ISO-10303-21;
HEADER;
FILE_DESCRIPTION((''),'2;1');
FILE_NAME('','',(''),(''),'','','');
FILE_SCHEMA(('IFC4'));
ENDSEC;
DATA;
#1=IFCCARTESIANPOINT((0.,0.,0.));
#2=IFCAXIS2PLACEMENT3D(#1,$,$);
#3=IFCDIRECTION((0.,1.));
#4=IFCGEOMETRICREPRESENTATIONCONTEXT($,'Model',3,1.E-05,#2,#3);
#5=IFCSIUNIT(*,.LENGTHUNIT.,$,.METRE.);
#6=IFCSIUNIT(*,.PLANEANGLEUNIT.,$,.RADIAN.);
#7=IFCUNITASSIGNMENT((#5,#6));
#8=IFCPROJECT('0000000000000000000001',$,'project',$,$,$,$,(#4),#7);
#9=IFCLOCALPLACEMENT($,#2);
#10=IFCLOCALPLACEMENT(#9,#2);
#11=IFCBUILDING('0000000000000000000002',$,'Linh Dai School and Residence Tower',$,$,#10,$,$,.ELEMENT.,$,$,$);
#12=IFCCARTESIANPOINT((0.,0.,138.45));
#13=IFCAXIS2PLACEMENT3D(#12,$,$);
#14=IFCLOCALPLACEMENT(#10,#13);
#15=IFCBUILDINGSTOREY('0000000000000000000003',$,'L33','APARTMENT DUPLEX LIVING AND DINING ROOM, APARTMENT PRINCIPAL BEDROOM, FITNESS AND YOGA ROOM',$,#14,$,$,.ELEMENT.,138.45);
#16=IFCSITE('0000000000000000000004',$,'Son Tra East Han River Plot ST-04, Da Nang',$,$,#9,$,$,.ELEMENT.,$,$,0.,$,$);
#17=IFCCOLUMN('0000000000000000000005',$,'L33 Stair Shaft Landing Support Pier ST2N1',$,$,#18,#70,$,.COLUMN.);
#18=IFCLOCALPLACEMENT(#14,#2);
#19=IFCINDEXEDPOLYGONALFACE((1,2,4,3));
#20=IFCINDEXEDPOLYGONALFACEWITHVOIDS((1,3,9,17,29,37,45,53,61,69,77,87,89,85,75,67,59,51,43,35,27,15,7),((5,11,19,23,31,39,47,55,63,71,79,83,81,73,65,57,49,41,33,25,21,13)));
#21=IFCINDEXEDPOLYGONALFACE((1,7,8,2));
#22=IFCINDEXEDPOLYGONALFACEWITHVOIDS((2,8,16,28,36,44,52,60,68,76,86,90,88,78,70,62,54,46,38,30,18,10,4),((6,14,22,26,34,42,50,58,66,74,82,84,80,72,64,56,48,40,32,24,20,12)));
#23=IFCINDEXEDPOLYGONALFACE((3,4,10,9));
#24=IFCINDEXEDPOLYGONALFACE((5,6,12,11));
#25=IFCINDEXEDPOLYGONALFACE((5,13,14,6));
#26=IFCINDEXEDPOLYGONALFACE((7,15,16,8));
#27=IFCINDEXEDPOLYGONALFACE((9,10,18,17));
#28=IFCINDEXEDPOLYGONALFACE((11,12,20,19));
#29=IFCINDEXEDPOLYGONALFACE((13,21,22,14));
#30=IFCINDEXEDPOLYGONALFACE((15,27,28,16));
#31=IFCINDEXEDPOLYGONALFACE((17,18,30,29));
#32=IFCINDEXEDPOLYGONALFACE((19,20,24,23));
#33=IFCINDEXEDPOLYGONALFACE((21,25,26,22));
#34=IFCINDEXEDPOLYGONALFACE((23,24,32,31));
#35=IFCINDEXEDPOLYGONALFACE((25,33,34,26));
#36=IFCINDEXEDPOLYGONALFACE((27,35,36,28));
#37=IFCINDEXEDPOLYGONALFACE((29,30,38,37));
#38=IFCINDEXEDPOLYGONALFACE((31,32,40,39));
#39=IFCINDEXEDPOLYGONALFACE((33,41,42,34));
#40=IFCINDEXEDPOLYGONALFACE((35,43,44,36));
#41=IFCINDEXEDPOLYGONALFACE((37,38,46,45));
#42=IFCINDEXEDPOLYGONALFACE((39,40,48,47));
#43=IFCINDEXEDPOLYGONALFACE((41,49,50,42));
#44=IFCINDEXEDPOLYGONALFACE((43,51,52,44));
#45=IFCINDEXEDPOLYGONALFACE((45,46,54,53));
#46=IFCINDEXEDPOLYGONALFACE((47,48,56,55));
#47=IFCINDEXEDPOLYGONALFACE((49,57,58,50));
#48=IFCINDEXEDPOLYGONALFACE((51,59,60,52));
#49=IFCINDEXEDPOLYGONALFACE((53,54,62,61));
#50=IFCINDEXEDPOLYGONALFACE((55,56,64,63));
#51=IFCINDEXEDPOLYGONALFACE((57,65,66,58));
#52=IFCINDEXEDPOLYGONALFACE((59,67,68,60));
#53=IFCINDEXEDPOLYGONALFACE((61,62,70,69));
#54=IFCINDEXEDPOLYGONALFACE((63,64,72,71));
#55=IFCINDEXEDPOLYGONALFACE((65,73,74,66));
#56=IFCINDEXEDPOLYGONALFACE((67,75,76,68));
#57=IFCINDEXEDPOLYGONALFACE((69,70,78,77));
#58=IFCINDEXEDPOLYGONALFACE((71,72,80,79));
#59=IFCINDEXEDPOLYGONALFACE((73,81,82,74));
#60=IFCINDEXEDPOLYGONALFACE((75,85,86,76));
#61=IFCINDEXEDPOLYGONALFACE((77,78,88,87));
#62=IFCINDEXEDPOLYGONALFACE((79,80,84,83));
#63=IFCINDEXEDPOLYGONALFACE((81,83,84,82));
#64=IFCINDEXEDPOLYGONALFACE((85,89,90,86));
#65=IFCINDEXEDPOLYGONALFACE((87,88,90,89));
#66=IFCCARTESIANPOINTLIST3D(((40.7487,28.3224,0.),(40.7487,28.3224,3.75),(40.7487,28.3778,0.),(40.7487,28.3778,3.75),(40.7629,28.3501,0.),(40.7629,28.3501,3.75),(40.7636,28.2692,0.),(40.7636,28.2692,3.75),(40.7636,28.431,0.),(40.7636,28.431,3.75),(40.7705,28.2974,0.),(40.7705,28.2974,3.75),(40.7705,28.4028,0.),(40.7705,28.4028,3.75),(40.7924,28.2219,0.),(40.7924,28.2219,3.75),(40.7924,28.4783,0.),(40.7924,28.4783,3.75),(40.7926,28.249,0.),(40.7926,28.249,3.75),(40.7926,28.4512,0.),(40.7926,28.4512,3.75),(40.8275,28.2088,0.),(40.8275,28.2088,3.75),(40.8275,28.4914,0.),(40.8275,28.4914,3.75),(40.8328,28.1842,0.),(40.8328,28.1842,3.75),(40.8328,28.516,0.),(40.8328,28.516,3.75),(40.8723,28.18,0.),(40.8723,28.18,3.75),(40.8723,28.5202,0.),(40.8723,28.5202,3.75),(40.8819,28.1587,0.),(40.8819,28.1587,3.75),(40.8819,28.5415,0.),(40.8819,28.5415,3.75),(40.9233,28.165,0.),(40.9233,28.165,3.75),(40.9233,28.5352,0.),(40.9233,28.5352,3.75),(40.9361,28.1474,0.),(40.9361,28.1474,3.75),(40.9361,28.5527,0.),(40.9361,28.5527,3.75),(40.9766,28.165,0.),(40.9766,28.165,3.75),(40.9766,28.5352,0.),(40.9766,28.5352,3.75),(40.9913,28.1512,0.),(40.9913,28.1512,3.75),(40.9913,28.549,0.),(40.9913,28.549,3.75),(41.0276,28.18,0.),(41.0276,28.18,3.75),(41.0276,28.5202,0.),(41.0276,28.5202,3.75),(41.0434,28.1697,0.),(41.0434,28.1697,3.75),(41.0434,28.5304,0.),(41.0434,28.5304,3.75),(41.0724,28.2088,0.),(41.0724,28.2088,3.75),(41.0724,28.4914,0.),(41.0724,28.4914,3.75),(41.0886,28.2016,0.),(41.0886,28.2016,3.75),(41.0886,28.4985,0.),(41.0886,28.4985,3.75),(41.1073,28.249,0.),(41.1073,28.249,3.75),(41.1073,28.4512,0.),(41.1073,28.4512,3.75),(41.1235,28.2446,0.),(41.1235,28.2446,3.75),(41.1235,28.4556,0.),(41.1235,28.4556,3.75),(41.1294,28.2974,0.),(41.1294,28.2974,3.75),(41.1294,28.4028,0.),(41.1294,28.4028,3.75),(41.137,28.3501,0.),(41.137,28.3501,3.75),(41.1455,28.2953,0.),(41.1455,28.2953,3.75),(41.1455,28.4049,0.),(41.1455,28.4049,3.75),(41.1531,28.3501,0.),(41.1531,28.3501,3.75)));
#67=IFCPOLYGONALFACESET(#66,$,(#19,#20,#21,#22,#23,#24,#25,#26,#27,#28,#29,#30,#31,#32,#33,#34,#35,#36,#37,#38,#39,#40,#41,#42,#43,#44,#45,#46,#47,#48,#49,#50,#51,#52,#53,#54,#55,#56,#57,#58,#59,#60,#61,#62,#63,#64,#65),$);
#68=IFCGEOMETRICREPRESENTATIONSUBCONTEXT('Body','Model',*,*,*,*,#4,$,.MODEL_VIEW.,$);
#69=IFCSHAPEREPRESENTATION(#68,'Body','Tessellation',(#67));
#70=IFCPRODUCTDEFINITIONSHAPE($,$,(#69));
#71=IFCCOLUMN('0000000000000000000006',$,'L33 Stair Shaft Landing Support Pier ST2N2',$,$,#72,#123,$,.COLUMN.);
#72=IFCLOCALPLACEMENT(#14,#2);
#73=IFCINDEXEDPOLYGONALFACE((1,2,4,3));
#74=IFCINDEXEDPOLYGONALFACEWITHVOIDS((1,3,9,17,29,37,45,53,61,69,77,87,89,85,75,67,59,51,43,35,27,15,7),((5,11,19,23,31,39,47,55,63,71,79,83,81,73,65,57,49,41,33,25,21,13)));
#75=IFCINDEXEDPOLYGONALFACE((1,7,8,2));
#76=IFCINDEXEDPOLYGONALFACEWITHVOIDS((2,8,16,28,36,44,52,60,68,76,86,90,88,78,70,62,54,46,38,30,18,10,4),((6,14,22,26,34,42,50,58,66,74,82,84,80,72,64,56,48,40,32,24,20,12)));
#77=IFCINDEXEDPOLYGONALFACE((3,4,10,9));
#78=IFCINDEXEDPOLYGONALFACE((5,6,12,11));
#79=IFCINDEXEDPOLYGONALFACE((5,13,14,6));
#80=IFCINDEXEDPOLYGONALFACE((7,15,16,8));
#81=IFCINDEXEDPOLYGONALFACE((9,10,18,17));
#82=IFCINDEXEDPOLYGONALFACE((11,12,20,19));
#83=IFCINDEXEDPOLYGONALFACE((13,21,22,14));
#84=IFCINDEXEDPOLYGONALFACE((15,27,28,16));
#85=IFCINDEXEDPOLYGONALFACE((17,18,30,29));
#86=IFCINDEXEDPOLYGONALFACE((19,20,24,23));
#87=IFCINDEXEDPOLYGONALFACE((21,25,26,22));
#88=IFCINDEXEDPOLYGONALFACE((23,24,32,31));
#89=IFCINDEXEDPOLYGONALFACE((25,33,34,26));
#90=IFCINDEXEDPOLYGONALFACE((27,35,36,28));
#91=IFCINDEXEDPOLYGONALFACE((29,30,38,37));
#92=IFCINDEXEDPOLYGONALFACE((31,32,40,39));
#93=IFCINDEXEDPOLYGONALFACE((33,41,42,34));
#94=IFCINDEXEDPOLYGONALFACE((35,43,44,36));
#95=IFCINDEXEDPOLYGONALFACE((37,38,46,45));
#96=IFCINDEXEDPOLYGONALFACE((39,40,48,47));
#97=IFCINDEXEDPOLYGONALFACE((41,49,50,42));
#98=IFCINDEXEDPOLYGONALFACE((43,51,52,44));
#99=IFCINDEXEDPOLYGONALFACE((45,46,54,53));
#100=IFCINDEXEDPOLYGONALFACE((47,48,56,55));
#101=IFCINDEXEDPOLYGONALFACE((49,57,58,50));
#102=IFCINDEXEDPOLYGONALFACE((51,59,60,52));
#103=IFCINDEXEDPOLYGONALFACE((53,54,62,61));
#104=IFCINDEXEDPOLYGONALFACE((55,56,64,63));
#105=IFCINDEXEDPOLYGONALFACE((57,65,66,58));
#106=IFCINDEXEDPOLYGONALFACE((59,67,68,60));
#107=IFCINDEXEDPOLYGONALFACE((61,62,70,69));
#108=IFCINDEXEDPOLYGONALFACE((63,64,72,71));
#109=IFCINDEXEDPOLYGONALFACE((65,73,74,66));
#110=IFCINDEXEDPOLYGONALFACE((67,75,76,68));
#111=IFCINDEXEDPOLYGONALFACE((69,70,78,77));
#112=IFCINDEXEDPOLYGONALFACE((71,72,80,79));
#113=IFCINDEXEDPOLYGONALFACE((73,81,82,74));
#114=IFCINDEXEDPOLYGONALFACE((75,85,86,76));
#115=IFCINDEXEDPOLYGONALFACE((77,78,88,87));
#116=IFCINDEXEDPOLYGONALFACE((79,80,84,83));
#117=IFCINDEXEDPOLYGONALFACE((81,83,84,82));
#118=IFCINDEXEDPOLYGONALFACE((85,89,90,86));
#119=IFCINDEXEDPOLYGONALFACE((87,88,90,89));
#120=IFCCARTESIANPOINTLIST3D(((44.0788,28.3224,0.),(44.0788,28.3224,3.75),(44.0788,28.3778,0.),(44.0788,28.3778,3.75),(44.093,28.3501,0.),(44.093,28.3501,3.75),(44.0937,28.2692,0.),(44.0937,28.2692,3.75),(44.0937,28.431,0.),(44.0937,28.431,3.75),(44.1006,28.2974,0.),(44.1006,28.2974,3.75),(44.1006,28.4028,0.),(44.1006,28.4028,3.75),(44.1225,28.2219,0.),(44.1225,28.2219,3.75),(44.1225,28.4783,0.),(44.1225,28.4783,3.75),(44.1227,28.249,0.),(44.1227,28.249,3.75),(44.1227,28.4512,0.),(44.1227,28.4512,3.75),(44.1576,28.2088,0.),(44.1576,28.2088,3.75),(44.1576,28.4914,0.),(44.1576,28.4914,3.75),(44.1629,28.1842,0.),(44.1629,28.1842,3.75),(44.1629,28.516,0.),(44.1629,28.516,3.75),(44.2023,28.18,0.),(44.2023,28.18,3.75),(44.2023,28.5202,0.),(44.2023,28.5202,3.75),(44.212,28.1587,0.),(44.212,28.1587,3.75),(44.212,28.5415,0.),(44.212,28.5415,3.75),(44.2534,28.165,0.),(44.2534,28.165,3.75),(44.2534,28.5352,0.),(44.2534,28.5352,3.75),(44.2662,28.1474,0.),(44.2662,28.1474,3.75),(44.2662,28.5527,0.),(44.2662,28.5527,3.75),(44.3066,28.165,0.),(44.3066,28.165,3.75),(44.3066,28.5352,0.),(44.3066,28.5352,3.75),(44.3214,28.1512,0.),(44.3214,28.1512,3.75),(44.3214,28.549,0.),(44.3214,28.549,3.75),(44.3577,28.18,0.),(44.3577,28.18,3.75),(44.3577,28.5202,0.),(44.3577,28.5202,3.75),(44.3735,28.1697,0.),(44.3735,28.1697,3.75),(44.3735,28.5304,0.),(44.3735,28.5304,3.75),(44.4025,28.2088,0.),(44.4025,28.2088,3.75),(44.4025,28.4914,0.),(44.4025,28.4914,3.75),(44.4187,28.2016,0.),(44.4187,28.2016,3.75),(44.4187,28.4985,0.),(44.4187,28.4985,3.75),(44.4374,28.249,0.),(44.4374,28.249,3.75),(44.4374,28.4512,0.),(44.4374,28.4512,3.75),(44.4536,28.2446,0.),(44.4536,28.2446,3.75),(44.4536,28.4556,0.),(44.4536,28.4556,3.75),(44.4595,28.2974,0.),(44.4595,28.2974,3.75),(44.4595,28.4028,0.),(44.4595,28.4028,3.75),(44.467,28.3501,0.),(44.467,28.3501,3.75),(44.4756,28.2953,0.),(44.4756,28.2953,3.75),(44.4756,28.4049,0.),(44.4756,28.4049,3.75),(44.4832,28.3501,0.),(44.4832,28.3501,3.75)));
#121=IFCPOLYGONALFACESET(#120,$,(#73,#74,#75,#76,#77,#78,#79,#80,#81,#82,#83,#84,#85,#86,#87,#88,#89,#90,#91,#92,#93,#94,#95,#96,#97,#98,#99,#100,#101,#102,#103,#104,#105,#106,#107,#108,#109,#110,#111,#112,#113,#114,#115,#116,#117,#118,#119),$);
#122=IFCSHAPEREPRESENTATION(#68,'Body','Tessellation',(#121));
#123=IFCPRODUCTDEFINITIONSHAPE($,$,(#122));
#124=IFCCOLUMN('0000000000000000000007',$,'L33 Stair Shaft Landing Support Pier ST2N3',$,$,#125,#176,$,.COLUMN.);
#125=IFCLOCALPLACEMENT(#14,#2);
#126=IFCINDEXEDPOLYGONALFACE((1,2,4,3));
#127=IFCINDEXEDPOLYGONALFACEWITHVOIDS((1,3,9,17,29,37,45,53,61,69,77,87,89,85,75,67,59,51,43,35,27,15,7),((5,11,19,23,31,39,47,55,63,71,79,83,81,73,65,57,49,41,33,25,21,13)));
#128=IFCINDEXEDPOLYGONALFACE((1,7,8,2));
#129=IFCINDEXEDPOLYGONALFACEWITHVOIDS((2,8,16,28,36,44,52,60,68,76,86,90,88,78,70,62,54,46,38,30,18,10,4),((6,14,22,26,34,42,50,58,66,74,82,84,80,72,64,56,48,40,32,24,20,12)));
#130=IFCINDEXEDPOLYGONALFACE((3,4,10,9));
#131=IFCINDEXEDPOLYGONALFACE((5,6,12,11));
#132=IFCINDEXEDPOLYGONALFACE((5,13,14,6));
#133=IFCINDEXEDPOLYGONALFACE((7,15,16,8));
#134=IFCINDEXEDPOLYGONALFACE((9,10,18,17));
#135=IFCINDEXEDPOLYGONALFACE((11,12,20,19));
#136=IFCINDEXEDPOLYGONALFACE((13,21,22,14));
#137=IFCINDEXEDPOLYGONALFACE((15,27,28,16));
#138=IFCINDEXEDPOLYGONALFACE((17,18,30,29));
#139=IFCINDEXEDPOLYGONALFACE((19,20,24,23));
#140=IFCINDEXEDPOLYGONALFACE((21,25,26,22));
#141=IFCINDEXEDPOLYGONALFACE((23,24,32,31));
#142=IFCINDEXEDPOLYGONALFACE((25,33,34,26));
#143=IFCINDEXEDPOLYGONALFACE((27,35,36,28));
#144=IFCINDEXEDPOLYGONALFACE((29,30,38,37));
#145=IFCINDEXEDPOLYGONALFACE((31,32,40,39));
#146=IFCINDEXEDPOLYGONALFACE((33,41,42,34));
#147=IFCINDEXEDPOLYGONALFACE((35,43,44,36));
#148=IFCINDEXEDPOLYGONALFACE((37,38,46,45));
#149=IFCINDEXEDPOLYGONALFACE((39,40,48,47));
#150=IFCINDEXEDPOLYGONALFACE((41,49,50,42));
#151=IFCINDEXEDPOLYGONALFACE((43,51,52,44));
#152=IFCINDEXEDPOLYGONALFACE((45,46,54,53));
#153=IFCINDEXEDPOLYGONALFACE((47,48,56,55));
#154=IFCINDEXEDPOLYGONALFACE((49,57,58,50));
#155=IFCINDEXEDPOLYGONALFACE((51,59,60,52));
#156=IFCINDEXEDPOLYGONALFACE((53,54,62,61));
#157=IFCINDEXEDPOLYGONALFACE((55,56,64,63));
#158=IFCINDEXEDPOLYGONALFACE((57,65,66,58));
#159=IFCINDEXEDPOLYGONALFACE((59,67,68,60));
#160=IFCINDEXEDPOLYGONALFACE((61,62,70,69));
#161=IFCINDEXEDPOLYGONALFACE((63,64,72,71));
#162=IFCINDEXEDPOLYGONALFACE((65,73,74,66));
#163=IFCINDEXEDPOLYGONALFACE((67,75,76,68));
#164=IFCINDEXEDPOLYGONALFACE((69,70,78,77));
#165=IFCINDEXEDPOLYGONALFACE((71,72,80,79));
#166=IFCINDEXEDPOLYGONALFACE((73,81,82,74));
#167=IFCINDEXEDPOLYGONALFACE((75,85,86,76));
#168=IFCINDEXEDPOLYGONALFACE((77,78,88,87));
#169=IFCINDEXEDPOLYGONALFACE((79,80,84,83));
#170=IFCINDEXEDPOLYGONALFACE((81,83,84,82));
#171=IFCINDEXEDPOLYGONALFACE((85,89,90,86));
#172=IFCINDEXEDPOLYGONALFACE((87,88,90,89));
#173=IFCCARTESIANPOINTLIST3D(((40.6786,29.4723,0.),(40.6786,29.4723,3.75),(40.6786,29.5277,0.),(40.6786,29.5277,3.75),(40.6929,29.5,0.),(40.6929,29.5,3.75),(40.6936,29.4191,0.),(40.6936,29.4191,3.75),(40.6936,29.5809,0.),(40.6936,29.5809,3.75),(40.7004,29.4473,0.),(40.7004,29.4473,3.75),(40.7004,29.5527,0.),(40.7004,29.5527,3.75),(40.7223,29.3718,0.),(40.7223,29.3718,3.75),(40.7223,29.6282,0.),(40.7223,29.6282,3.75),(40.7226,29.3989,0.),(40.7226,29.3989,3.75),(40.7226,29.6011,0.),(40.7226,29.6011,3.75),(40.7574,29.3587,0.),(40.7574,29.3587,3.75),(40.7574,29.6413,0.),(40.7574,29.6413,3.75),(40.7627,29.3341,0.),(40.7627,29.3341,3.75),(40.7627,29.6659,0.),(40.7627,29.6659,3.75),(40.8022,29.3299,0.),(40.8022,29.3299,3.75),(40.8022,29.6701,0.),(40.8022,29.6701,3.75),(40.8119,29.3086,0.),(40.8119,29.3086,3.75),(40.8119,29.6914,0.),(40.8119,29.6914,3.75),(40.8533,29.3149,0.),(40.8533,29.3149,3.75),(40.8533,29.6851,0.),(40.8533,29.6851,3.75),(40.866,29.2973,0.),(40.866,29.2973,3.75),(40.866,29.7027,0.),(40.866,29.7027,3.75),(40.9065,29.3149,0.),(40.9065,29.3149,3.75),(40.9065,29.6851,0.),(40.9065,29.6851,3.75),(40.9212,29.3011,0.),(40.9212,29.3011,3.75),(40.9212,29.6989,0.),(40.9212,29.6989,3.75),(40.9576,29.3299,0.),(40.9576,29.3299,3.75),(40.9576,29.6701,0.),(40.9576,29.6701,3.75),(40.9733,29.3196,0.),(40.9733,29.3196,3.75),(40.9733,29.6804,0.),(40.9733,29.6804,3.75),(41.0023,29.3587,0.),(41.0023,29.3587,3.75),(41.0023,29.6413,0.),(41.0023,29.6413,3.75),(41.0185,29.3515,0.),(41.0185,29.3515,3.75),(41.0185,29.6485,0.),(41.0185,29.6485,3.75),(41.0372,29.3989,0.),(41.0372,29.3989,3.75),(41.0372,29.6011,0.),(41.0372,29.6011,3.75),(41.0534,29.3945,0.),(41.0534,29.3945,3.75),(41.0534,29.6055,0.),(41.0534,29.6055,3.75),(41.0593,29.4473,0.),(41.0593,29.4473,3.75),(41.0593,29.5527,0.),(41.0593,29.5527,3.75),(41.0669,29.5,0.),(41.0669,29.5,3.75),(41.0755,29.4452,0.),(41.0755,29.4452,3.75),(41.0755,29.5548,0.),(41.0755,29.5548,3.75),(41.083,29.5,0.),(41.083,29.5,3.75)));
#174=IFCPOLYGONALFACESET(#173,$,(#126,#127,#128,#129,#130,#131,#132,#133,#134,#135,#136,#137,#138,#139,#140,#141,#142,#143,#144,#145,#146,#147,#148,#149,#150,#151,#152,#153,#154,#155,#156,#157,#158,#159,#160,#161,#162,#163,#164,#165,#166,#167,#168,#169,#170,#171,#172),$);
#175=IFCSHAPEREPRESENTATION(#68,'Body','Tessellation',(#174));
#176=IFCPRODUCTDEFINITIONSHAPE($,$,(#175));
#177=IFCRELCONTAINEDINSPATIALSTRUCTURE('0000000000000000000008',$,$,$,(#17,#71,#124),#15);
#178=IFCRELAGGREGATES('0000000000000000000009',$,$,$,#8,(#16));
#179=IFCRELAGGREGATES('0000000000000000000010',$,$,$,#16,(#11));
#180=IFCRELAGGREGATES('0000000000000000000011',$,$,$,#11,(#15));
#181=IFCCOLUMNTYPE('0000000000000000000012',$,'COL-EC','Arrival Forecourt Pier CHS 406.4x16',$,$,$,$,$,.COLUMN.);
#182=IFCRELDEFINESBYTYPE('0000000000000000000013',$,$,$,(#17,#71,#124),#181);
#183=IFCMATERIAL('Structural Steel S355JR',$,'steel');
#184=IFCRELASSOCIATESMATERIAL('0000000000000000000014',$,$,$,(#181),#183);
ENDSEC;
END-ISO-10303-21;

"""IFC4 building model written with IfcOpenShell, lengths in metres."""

from ifc_helpers import new_model, si_unit, direction, frame, origin, origin_2d, place, context, subcontext, project, spatial, hollow_circle, extrude, material, material_profile, profile_set, type_object, element, save


model = new_model("IFC4")

# Units and contexts
model_context = context("Model", 3, precision=1e-05, world=origin(), true_north=direction((0.0, 1.0)))
body_context = subcontext(model_context, "Body", "Model", "MODEL_VIEW")
ifc_project = project(units=[si_unit("LENGTHUNIT", "METRE"), si_unit("PLANEANGLEUNIT", "RADIAN")], contexts=[model_context])

# Site, building, storey
site_placement = place(None, origin())
site = spatial("IfcSite", under=ifc_project, at=site_placement, Name="Son Tra East Han River Plot ST-04, Da Nang", CompositionType="ELEMENT", RefElevation=0.0)
building_placement = place(site_placement, origin())
building = spatial("IfcBuilding", under=site, at=building_placement, Name="Linh Dai School and Residence Tower", CompositionType="ELEMENT")
storey_placement = place(building_placement, frame((0.0, 0.0, 138.45)))
storey = spatial("IfcBuildingStorey", under=building, at=storey_placement, Name="L33", Description="APARTMENT DUPLEX LIVING AND DINING ROOM, APARTMENT PRINCIPAL BEDROOM, FITNESS AND YOGA ROOM", CompositionType="ELEMENT", Elevation=138.45)

# Columns
ifc_material_1 = material(Name="Structural Steel S355JR", Category="steel")
ifc_material_profile_1 = material_profile(ifc_material_1, hollow_circle(Radius=0.2031, WallThickness=0.0161, at=origin_2d()), Name="CHS 406.4x16")
ifc_profile_set_1 = profile_set([ifc_material_profile_1], Name="Structural Steel S355JR")
column_type_1 = type_object("IfcColumnType", Name="COL-EC", Description="Arrival Forecourt Pier CHS 406.4x16", PredefinedType="COLUMN", material=ifc_profile_set_1)
for number, where, z_axis, x_axis, name in (
    (1, (40.95, 28.3501, 0.0), (0.0, 0.0, 1.0), (1.0, 0.0, 0.0), "L33 Stair Shaft Landing Support Pier ST2N1"),
    (2, (44.28, 28.3501, 0.0), (0.0, 0.0, 1.0), (1.0, 0.0, 0.0), "L33 Stair Shaft Landing Support Pier ST2N2"),
    (3, (40.8799, 29.5, 0.0), (0.0, 0.0, 1.0), (1.0, 0.0, 0.0), "L33 Stair Shaft Landing Support Pier ST2N3"),
):
    element("IfcColumn", number, at=place(storey_placement, frame(where, z_axis=z_axis, x_axis=x_axis)), inside=storey, type_object=column_type_1, Name=name, PredefinedType="COLUMN", context=body_context, shape_type="SweptSolid", body=[
        extrude(hollow_circle(Radius=0.2031, WallThickness=0.0161, at=origin_2d()), origin(), (0.0, 0.0, 1.0), 3.75),
    ])

save(model, "model.ifc")
